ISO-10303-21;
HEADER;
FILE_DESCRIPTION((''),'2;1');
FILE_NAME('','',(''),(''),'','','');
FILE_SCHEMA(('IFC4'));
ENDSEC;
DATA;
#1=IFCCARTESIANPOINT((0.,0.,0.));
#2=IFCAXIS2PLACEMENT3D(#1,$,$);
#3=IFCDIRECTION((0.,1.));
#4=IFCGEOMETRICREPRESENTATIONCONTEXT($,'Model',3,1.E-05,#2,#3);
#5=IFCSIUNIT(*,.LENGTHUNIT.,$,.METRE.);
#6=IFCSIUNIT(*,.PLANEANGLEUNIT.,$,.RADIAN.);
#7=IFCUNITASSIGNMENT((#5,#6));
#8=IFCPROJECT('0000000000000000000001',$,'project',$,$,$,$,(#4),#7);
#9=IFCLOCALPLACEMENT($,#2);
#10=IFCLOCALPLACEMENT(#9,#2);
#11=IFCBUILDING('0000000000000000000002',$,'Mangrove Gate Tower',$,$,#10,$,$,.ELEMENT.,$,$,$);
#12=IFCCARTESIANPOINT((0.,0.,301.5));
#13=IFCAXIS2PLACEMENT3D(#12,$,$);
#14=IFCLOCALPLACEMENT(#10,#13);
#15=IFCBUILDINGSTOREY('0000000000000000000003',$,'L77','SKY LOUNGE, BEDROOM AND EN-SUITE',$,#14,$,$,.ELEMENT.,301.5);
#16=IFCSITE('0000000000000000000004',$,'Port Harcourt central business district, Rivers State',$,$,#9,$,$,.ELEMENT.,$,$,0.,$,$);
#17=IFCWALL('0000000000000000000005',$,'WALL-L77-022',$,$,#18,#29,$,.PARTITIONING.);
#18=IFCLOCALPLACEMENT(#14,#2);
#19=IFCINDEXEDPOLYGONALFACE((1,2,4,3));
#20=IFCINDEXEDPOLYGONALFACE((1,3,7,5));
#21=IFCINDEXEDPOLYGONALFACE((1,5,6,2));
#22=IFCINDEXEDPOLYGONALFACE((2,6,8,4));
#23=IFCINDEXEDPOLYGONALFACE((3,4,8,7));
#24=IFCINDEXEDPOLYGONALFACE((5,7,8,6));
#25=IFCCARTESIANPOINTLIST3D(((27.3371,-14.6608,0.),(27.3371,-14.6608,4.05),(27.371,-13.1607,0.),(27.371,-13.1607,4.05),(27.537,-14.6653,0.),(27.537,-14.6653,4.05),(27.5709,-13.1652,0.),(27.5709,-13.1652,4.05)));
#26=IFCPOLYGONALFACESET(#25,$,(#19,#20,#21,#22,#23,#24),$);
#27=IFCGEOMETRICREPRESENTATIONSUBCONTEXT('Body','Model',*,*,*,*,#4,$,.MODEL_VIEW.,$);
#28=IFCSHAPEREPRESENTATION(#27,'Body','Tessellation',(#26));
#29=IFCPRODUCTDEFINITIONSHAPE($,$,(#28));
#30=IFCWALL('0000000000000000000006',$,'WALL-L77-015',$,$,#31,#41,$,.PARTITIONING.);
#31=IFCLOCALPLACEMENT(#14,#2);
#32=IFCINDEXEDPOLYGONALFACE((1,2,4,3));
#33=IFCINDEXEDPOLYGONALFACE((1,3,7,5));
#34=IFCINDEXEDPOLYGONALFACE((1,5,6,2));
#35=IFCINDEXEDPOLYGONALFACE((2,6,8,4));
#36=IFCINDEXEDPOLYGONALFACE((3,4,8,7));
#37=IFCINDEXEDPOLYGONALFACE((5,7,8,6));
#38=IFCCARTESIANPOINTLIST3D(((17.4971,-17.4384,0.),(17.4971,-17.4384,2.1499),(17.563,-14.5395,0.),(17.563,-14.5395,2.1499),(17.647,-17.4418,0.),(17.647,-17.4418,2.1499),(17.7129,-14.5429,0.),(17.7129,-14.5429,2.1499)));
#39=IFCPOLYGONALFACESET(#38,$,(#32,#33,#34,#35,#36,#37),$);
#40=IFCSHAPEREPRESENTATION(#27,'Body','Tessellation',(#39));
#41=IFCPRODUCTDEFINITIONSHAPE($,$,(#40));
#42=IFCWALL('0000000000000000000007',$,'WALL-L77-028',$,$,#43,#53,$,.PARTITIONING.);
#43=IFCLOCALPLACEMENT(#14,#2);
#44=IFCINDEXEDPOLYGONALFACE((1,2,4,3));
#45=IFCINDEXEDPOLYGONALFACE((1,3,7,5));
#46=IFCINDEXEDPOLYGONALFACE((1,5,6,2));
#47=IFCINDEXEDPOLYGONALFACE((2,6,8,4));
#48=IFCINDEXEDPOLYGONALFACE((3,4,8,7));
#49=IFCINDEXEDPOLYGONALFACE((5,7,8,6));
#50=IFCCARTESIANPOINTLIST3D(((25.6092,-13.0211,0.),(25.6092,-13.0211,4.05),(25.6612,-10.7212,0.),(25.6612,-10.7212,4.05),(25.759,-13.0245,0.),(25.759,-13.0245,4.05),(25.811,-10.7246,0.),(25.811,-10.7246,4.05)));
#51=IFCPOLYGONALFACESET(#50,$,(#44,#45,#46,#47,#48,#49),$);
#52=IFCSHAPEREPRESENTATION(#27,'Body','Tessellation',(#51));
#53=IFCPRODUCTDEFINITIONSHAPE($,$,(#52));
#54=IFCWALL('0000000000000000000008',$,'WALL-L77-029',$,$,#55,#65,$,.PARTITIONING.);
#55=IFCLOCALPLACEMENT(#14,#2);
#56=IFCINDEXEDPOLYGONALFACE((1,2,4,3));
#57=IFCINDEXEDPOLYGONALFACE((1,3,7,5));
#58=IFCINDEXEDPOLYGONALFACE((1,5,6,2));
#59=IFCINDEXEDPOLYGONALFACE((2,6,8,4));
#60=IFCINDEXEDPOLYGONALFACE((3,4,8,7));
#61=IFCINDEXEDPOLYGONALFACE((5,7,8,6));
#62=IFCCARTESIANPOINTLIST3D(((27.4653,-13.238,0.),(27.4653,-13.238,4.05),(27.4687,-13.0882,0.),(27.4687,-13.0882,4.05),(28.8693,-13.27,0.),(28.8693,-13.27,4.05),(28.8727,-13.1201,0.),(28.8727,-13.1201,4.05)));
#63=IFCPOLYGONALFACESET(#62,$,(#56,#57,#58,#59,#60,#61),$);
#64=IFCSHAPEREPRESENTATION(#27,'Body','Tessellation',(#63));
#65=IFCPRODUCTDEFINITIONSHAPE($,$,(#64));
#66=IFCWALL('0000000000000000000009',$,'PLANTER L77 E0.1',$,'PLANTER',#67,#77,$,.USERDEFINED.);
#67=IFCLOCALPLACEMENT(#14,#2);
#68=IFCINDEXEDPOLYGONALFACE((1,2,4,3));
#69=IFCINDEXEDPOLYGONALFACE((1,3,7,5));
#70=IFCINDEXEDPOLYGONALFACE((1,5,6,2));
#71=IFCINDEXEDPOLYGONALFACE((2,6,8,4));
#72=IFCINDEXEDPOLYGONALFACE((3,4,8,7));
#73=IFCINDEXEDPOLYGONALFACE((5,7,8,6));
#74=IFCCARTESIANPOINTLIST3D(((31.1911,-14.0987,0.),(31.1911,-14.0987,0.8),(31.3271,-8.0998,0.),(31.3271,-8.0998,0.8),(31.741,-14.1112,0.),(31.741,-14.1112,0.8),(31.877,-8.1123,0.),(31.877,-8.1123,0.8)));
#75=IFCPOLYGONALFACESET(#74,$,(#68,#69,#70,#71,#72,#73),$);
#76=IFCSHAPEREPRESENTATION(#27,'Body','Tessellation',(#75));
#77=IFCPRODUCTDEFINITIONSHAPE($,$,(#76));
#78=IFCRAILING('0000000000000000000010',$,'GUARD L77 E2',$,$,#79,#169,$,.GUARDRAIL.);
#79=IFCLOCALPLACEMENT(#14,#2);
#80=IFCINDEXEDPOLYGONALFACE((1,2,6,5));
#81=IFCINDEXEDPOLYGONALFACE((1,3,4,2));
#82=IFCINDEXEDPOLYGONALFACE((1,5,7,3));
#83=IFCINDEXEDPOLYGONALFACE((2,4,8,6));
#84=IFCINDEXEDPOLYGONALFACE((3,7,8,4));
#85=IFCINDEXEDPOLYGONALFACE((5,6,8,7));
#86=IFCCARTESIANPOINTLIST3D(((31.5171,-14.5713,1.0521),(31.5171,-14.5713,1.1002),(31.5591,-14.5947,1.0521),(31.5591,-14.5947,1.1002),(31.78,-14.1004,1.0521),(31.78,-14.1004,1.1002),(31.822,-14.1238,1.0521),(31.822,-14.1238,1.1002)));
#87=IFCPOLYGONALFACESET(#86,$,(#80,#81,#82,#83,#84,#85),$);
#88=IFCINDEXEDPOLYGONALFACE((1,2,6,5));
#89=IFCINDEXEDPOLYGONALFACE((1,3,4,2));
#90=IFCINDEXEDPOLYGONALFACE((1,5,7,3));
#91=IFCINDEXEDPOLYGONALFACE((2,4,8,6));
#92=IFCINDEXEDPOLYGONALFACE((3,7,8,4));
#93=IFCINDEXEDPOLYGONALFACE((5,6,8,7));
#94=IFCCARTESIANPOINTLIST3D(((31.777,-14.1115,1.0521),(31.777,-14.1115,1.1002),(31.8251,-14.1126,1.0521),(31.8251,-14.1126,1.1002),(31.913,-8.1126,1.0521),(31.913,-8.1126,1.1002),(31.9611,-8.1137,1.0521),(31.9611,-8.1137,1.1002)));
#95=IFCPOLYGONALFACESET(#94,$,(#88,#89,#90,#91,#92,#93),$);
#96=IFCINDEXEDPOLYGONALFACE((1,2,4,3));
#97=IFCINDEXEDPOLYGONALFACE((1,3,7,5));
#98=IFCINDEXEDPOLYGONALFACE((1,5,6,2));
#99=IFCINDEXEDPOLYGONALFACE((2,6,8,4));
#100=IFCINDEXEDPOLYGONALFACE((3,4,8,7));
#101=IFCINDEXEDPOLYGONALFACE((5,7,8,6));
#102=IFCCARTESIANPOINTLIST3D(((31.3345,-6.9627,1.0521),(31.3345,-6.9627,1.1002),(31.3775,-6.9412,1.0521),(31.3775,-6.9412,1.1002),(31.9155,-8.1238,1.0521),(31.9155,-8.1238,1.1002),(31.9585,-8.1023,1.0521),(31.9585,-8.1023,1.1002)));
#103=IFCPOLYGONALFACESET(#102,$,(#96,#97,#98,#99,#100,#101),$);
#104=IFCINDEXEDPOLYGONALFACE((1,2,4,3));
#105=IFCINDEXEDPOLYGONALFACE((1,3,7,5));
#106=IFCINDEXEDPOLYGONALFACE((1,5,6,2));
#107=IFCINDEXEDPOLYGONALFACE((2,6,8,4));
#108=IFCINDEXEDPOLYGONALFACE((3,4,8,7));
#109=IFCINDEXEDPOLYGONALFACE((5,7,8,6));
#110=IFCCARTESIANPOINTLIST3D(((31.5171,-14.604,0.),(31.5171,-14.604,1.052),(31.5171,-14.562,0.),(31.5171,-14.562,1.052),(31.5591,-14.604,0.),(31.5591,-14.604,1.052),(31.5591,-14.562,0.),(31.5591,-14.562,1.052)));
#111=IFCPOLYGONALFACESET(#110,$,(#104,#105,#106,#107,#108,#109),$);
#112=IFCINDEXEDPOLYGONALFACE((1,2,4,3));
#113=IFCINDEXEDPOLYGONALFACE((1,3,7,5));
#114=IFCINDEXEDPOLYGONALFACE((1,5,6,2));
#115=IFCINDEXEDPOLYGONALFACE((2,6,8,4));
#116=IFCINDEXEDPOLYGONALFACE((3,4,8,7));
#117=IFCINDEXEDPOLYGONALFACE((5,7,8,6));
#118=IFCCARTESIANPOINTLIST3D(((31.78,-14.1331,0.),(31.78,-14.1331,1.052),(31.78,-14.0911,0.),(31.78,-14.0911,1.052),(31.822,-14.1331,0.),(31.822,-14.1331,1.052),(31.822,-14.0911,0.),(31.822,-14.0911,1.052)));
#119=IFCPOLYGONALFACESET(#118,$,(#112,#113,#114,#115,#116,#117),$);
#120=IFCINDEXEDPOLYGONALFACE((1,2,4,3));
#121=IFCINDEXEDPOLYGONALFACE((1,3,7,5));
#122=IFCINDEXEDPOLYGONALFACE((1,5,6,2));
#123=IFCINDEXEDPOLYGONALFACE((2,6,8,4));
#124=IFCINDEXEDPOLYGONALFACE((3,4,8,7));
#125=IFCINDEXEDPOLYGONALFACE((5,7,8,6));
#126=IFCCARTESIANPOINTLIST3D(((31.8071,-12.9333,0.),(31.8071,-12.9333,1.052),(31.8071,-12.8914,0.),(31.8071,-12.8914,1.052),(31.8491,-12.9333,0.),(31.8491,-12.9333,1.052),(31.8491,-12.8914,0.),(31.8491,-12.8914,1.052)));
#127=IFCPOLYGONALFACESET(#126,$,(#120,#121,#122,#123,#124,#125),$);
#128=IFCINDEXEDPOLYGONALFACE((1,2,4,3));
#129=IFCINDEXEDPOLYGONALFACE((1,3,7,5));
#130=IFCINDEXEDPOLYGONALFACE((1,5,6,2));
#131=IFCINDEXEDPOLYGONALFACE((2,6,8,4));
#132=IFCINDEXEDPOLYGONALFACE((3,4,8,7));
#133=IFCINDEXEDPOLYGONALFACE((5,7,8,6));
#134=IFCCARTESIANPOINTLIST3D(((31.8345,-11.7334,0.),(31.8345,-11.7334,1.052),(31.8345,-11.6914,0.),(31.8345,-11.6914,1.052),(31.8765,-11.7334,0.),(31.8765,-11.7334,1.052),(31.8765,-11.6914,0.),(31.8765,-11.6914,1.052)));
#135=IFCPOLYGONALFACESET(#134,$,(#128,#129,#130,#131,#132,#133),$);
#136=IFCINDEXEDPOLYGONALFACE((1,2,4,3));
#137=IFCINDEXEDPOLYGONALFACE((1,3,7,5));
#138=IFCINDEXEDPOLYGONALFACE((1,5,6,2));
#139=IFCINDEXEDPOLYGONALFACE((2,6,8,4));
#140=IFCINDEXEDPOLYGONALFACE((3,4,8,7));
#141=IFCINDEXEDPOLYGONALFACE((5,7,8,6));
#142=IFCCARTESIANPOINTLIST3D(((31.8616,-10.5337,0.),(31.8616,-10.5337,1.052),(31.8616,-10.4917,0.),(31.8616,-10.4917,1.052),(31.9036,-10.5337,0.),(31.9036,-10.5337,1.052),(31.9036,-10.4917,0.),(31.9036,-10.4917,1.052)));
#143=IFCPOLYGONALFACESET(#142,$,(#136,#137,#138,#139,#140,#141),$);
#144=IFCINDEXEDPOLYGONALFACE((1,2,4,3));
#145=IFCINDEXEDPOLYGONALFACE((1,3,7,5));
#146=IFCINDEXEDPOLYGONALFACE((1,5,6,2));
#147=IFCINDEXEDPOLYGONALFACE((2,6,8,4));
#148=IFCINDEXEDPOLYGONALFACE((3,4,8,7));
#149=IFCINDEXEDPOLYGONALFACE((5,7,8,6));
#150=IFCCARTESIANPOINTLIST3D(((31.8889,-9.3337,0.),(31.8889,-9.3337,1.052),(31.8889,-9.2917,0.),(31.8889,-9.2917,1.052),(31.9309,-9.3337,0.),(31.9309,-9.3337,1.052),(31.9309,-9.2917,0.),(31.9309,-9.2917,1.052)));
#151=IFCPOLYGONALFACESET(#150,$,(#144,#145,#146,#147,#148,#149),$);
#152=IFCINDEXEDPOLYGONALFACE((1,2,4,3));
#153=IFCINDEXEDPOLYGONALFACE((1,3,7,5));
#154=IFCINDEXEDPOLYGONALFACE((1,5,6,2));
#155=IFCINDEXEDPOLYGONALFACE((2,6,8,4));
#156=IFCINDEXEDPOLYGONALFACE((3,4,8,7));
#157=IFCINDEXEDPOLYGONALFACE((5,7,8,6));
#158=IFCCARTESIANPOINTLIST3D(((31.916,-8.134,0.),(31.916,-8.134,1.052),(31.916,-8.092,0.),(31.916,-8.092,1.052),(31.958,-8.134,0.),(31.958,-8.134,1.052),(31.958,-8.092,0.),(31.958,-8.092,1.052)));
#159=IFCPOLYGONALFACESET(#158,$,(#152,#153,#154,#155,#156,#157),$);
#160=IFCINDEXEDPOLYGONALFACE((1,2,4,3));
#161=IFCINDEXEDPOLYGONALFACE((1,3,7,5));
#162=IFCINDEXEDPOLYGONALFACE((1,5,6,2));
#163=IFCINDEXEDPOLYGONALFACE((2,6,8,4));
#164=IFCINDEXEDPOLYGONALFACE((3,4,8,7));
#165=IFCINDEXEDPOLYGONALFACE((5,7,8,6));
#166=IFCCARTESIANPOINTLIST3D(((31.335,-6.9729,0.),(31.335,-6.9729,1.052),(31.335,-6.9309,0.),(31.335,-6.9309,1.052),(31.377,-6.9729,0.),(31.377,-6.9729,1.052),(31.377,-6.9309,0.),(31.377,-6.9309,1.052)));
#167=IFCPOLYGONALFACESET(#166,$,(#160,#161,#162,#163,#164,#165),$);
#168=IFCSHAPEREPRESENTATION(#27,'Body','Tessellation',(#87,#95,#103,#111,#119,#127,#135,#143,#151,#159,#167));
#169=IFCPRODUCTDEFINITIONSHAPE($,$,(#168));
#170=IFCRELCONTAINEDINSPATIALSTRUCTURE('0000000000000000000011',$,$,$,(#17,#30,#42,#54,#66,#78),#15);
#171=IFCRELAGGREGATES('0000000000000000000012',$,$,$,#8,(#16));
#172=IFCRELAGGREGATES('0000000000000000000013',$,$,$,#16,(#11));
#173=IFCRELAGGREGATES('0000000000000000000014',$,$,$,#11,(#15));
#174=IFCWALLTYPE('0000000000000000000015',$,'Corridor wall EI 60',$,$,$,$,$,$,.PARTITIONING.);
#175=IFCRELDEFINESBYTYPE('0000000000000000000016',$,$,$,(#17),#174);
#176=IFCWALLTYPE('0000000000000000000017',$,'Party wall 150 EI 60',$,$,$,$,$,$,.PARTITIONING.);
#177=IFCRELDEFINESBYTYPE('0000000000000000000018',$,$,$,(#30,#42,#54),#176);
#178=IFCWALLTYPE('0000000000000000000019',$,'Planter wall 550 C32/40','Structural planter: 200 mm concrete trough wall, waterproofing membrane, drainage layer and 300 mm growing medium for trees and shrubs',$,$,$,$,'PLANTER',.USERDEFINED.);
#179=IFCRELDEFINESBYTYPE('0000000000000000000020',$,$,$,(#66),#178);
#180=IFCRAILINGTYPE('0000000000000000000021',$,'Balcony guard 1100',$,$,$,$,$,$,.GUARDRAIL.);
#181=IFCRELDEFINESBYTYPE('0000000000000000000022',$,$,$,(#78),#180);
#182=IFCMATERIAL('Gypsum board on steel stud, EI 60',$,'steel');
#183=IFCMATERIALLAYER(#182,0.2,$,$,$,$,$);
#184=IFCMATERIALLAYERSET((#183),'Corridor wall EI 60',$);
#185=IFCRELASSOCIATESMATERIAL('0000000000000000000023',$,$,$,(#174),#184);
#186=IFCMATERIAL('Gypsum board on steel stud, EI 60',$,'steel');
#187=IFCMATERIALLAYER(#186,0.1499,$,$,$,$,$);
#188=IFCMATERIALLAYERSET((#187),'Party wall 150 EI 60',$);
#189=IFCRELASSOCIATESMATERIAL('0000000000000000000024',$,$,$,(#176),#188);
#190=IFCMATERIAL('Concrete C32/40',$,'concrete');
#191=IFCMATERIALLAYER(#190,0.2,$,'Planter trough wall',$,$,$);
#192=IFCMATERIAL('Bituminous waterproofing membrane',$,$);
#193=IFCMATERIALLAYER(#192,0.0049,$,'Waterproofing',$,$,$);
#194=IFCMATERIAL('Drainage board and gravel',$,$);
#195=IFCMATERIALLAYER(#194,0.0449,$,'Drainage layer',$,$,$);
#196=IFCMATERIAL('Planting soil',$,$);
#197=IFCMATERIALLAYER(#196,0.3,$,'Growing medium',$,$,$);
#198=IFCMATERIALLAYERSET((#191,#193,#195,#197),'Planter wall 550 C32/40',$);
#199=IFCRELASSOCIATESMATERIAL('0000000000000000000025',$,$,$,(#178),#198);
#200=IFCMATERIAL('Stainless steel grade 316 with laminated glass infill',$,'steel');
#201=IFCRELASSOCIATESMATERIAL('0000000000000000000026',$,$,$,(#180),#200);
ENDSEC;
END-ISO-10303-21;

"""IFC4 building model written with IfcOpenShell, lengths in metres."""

from ifc_helpers import new_model, si_unit, direction, frame, frame_2d, origin, origin_2d, place, context, subcontext, project, spatial, rectangle, extrude, material, layer, layer_set, type_object, element, save


model = new_model("IFC4")

# Units and contexts
model_context = context("Model", 3, precision=1e-05, world=origin(), true_north=direction((0.0, 1.0)))
body_context = subcontext(model_context, "Body", "Model", "MODEL_VIEW")
ifc_project = project(units=[si_unit("LENGTHUNIT", "METRE"), si_unit("PLANEANGLEUNIT", "RADIAN")], contexts=[model_context])

# Site, building, storey
site_placement = place(None, origin())
site = spatial("IfcSite", under=ifc_project, at=site_placement, Name="Port Harcourt central business district, Rivers State", CompositionType="ELEMENT", RefElevation=0.0)
building_placement = place(site_placement, origin())
building = spatial("IfcBuilding", under=site, at=building_placement, Name="Mangrove Gate Tower", CompositionType="ELEMENT")
storey_placement = place(building_placement, frame((0.0, 0.0, 301.5)))
storey = spatial("IfcBuildingStorey", under=building, at=storey_placement, Name="L77", Description="SKY LOUNGE, BEDROOM AND EN-SUITE", CompositionType="ELEMENT", Elevation=301.5)

# Walls
ifc_material_1 = material(Name="Gypsum board on steel stud, EI 60", Category="steel")
ifc_layer_1 = layer(ifc_material_1, 0.2)
ifc_layer_set_1 = layer_set([ifc_layer_1], Name="Corridor wall EI 60")
wall_type_1 = type_object("IfcWallType", Name="Corridor wall EI 60", PredefinedType="PARTITIONING", material=ifc_layer_set_1)
wall_1_placement = place(storey_placement, frame((27.437, -14.6631, 0.0), z_axis=(0.0, 0.0, 1.0), x_axis=(0.022618, 0.999744, 0.0)))
element("IfcWall", 1, at=wall_1_placement, inside=storey, type_object=wall_type_1, Name="WALL-L77-022", PredefinedType="PARTITIONING", context=body_context, shape_type="SweptSolid", body=[
    extrude(rectangle(XDim=1.5005, YDim=0.2, at=frame_2d((0.7502, 0.0))), origin(), (0.0, 0.0, 1.0), 4.05),
])
ifc_material_2 = material(Name="Gypsum board on steel stud, EI 60", Category="steel")
ifc_layer_2 = layer(ifc_material_2, 0.1499)
ifc_layer_set_2 = layer_set([ifc_layer_2], Name="Party wall 150 EI 60")
wall_type_2 = type_object("IfcWallType", Name="Party wall 150 EI 60", PredefinedType="PARTITIONING", material=ifc_layer_set_2)
wall_2_placement = place(storey_placement, frame((17.572, -17.4399, 0.0), z_axis=(0.0, 0.0, 1.0), x_axis=(0.022733, 0.999742, 0.0)))
element("IfcWall", 2, at=wall_2_placement, inside=storey, type_object=wall_type_2, Name="WALL-L77-015", PredefinedType="PARTITIONING", context=body_context, shape_type="SweptSolid", body=[
    extrude(rectangle(XDim=2.8997, YDim=0.1499, at=frame_2d((1.4497, 0.0))), origin(), (0.0, 0.0, 1.0), 2.1499),
])
wall_3_placement = place(storey_placement, frame((25.6841, -13.0229, 0.0), z_axis=(0.0, 0.0, 1.0), x_axis=(0.022603, 0.999745, 0.0)))
element("IfcWall", 3, at=wall_3_placement, inside=storey, type_object=wall_type_2, Name="WALL-L77-028", PredefinedType="PARTITIONING", context=body_context, shape_type="SweptSolid", body=[
    extrude(rectangle(XDim=2.3005, YDim=0.1499, at=frame_2d((1.1504, 0.0))), origin(), (0.0, 0.0, 1.0), 4.05),
])
wall_4_placement = place(storey_placement, frame((27.467, -13.1631, 0.0), z_axis=(0.0, 0.0, 1.0), x_axis=(0.999741, -0.022773, 0.0)))
element("IfcWall", 4, at=wall_4_placement, inside=storey, type_object=wall_type_2, Name="WALL-L77-029", PredefinedType="PARTITIONING", context=body_context, shape_type="SweptSolid", body=[
    extrude(rectangle(XDim=1.4043, YDim=0.1499, at=frame_2d((0.7021, 0.0))), origin(), (0.0, 0.0, 1.0), 4.05),
])
ifc_material_3 = material(Name="Concrete C32/40", Category="concrete")
ifc_layer_3 = layer(ifc_material_3, 0.2, Name="Planter trough wall")
ifc_material_4 = material(Name="Bituminous waterproofing membrane")
ifc_layer_4 = layer(ifc_material_4, 0.0049, Name="Waterproofing")
ifc_material_5 = material(Name="Drainage board and gravel")
ifc_layer_5 = layer(ifc_material_5, 0.0449, Name="Drainage layer")
ifc_material_6 = material(Name="Planting soil")
ifc_layer_6 = layer(ifc_material_6, 0.3, Name="Growing medium")
ifc_layer_set_3 = layer_set([ifc_layer_3, ifc_layer_4, ifc_layer_5, ifc_layer_6], Name="Planter wall 550 C32/40")
wall_type_3 = type_object("IfcWallType", Name="Planter wall 550 C32/40", Description="Structural planter: 200 mm concrete trough wall, waterproofing membrane, drainage layer and 300 mm growing medium for trees and shrubs", ElementType="PLANTER", PredefinedType="USERDEFINED", material=ifc_layer_set_3)
wall_5_placement = place(storey_placement, frame((31.4661, -14.105, 0.0), z_axis=(0.0, 0.0, 1.0), x_axis=(0.022662, 0.999743, 0.0)))
element("IfcWall", 5, at=wall_5_placement, inside=storey, type_object=wall_type_3, Name="PLANTER L77 E0.1", ObjectType="PLANTER", PredefinedType="USERDEFINED", context=body_context, shape_type="SweptSolid", body=[
    extrude(rectangle(XDim=6.0005, YDim=0.55, at=frame_2d((3.0002, 0.0))), origin(), (0.0, 0.0, 1.0), 0.8),
])

# Railing
ifc_material_7 = material(Name="Stainless steel grade 316 with laminated glass infill", Category="steel")
railing_type = type_object("IfcRailingType", Name="Balcony guard 1100", PredefinedType="GUARDRAIL", material=ifc_material_7)
railing_1_placement = place(storey_placement, frame((31.5381, -14.583, 0.0)))
element("IfcRailing", 6, at=railing_1_placement, inside=storey, type_object=railing_type, Name="GUARD L77 E2", PredefinedType="GUARDRAIL", context=body_context, shape_type="SweptSolid", body=[
    extrude(rectangle(XDim=0.0481, YDim=0.0481, at=origin_2d()), frame((0.0, 0.0, 1.0762), z_axis=(0.487487, 0.87313, 0.0), x_axis=(-0.87313, 0.487487, 0.0)), (0.0, 0.0, 1.0), 0.5393),
    extrude(rectangle(XDim=0.0481, YDim=0.0481, at=origin_2d()), frame((0.2629, 0.4709, 1.0762), z_axis=(0.022662, 0.999743, 0.0), x_axis=(-0.999743, 0.022662, 0.0)), (0.0, 0.0, 1.0), 6.0005),
    extrude(rectangle(XDim=0.0481, YDim=0.0481, at=origin_2d()), frame((0.3989, 6.47, 1.0762), z_axis=(-0.447514, 0.894277, 0.0), x_axis=(-0.894277, -0.447514, 0.0)), (0.0, 0.0, 1.0), 1.2983),
    extrude(rectangle(XDim=0.042, YDim=0.042, at=origin_2d()), origin(), (0.0, 0.0, 1.0), 1.052),
    extrude(rectangle(XDim=0.042, YDim=0.042, at=origin_2d()), frame((0.2629, 0.4709, 0.0)), (0.0, 0.0, 1.0), 1.052),
    extrude(rectangle(XDim=0.042, YDim=0.042, at=origin_2d()), frame((0.29, 1.6707, 0.0)), (0.0, 0.0, 1.0), 1.052),
    extrude(rectangle(XDim=0.042, YDim=0.042, at=origin_2d()), frame((0.3174, 2.8706, 0.0)), (0.0, 0.0, 1.0), 1.052),
    extrude(rectangle(XDim=0.042, YDim=0.042, at=origin_2d()), frame((0.3445, 4.0703, 0.0)), (0.0, 0.0, 1.0), 1.052),
    extrude(rectangle(XDim=0.042, YDim=0.042, at=origin_2d()), frame((0.3718, 5.2703, 0.0)), (0.0, 0.0, 1.0), 1.052),
    extrude(rectangle(XDim=0.042, YDim=0.042, at=origin_2d()), frame((0.3989, 6.47, 0.0)), (0.0, 0.0, 1.0), 1.052),
    extrude(rectangle(XDim=0.042, YDim=0.042, at=origin_2d()), frame((-0.1821, 7.6311, 0.0)), (0.0, 0.0, 1.0), 1.052),
])

save(model, "model.ifc")
